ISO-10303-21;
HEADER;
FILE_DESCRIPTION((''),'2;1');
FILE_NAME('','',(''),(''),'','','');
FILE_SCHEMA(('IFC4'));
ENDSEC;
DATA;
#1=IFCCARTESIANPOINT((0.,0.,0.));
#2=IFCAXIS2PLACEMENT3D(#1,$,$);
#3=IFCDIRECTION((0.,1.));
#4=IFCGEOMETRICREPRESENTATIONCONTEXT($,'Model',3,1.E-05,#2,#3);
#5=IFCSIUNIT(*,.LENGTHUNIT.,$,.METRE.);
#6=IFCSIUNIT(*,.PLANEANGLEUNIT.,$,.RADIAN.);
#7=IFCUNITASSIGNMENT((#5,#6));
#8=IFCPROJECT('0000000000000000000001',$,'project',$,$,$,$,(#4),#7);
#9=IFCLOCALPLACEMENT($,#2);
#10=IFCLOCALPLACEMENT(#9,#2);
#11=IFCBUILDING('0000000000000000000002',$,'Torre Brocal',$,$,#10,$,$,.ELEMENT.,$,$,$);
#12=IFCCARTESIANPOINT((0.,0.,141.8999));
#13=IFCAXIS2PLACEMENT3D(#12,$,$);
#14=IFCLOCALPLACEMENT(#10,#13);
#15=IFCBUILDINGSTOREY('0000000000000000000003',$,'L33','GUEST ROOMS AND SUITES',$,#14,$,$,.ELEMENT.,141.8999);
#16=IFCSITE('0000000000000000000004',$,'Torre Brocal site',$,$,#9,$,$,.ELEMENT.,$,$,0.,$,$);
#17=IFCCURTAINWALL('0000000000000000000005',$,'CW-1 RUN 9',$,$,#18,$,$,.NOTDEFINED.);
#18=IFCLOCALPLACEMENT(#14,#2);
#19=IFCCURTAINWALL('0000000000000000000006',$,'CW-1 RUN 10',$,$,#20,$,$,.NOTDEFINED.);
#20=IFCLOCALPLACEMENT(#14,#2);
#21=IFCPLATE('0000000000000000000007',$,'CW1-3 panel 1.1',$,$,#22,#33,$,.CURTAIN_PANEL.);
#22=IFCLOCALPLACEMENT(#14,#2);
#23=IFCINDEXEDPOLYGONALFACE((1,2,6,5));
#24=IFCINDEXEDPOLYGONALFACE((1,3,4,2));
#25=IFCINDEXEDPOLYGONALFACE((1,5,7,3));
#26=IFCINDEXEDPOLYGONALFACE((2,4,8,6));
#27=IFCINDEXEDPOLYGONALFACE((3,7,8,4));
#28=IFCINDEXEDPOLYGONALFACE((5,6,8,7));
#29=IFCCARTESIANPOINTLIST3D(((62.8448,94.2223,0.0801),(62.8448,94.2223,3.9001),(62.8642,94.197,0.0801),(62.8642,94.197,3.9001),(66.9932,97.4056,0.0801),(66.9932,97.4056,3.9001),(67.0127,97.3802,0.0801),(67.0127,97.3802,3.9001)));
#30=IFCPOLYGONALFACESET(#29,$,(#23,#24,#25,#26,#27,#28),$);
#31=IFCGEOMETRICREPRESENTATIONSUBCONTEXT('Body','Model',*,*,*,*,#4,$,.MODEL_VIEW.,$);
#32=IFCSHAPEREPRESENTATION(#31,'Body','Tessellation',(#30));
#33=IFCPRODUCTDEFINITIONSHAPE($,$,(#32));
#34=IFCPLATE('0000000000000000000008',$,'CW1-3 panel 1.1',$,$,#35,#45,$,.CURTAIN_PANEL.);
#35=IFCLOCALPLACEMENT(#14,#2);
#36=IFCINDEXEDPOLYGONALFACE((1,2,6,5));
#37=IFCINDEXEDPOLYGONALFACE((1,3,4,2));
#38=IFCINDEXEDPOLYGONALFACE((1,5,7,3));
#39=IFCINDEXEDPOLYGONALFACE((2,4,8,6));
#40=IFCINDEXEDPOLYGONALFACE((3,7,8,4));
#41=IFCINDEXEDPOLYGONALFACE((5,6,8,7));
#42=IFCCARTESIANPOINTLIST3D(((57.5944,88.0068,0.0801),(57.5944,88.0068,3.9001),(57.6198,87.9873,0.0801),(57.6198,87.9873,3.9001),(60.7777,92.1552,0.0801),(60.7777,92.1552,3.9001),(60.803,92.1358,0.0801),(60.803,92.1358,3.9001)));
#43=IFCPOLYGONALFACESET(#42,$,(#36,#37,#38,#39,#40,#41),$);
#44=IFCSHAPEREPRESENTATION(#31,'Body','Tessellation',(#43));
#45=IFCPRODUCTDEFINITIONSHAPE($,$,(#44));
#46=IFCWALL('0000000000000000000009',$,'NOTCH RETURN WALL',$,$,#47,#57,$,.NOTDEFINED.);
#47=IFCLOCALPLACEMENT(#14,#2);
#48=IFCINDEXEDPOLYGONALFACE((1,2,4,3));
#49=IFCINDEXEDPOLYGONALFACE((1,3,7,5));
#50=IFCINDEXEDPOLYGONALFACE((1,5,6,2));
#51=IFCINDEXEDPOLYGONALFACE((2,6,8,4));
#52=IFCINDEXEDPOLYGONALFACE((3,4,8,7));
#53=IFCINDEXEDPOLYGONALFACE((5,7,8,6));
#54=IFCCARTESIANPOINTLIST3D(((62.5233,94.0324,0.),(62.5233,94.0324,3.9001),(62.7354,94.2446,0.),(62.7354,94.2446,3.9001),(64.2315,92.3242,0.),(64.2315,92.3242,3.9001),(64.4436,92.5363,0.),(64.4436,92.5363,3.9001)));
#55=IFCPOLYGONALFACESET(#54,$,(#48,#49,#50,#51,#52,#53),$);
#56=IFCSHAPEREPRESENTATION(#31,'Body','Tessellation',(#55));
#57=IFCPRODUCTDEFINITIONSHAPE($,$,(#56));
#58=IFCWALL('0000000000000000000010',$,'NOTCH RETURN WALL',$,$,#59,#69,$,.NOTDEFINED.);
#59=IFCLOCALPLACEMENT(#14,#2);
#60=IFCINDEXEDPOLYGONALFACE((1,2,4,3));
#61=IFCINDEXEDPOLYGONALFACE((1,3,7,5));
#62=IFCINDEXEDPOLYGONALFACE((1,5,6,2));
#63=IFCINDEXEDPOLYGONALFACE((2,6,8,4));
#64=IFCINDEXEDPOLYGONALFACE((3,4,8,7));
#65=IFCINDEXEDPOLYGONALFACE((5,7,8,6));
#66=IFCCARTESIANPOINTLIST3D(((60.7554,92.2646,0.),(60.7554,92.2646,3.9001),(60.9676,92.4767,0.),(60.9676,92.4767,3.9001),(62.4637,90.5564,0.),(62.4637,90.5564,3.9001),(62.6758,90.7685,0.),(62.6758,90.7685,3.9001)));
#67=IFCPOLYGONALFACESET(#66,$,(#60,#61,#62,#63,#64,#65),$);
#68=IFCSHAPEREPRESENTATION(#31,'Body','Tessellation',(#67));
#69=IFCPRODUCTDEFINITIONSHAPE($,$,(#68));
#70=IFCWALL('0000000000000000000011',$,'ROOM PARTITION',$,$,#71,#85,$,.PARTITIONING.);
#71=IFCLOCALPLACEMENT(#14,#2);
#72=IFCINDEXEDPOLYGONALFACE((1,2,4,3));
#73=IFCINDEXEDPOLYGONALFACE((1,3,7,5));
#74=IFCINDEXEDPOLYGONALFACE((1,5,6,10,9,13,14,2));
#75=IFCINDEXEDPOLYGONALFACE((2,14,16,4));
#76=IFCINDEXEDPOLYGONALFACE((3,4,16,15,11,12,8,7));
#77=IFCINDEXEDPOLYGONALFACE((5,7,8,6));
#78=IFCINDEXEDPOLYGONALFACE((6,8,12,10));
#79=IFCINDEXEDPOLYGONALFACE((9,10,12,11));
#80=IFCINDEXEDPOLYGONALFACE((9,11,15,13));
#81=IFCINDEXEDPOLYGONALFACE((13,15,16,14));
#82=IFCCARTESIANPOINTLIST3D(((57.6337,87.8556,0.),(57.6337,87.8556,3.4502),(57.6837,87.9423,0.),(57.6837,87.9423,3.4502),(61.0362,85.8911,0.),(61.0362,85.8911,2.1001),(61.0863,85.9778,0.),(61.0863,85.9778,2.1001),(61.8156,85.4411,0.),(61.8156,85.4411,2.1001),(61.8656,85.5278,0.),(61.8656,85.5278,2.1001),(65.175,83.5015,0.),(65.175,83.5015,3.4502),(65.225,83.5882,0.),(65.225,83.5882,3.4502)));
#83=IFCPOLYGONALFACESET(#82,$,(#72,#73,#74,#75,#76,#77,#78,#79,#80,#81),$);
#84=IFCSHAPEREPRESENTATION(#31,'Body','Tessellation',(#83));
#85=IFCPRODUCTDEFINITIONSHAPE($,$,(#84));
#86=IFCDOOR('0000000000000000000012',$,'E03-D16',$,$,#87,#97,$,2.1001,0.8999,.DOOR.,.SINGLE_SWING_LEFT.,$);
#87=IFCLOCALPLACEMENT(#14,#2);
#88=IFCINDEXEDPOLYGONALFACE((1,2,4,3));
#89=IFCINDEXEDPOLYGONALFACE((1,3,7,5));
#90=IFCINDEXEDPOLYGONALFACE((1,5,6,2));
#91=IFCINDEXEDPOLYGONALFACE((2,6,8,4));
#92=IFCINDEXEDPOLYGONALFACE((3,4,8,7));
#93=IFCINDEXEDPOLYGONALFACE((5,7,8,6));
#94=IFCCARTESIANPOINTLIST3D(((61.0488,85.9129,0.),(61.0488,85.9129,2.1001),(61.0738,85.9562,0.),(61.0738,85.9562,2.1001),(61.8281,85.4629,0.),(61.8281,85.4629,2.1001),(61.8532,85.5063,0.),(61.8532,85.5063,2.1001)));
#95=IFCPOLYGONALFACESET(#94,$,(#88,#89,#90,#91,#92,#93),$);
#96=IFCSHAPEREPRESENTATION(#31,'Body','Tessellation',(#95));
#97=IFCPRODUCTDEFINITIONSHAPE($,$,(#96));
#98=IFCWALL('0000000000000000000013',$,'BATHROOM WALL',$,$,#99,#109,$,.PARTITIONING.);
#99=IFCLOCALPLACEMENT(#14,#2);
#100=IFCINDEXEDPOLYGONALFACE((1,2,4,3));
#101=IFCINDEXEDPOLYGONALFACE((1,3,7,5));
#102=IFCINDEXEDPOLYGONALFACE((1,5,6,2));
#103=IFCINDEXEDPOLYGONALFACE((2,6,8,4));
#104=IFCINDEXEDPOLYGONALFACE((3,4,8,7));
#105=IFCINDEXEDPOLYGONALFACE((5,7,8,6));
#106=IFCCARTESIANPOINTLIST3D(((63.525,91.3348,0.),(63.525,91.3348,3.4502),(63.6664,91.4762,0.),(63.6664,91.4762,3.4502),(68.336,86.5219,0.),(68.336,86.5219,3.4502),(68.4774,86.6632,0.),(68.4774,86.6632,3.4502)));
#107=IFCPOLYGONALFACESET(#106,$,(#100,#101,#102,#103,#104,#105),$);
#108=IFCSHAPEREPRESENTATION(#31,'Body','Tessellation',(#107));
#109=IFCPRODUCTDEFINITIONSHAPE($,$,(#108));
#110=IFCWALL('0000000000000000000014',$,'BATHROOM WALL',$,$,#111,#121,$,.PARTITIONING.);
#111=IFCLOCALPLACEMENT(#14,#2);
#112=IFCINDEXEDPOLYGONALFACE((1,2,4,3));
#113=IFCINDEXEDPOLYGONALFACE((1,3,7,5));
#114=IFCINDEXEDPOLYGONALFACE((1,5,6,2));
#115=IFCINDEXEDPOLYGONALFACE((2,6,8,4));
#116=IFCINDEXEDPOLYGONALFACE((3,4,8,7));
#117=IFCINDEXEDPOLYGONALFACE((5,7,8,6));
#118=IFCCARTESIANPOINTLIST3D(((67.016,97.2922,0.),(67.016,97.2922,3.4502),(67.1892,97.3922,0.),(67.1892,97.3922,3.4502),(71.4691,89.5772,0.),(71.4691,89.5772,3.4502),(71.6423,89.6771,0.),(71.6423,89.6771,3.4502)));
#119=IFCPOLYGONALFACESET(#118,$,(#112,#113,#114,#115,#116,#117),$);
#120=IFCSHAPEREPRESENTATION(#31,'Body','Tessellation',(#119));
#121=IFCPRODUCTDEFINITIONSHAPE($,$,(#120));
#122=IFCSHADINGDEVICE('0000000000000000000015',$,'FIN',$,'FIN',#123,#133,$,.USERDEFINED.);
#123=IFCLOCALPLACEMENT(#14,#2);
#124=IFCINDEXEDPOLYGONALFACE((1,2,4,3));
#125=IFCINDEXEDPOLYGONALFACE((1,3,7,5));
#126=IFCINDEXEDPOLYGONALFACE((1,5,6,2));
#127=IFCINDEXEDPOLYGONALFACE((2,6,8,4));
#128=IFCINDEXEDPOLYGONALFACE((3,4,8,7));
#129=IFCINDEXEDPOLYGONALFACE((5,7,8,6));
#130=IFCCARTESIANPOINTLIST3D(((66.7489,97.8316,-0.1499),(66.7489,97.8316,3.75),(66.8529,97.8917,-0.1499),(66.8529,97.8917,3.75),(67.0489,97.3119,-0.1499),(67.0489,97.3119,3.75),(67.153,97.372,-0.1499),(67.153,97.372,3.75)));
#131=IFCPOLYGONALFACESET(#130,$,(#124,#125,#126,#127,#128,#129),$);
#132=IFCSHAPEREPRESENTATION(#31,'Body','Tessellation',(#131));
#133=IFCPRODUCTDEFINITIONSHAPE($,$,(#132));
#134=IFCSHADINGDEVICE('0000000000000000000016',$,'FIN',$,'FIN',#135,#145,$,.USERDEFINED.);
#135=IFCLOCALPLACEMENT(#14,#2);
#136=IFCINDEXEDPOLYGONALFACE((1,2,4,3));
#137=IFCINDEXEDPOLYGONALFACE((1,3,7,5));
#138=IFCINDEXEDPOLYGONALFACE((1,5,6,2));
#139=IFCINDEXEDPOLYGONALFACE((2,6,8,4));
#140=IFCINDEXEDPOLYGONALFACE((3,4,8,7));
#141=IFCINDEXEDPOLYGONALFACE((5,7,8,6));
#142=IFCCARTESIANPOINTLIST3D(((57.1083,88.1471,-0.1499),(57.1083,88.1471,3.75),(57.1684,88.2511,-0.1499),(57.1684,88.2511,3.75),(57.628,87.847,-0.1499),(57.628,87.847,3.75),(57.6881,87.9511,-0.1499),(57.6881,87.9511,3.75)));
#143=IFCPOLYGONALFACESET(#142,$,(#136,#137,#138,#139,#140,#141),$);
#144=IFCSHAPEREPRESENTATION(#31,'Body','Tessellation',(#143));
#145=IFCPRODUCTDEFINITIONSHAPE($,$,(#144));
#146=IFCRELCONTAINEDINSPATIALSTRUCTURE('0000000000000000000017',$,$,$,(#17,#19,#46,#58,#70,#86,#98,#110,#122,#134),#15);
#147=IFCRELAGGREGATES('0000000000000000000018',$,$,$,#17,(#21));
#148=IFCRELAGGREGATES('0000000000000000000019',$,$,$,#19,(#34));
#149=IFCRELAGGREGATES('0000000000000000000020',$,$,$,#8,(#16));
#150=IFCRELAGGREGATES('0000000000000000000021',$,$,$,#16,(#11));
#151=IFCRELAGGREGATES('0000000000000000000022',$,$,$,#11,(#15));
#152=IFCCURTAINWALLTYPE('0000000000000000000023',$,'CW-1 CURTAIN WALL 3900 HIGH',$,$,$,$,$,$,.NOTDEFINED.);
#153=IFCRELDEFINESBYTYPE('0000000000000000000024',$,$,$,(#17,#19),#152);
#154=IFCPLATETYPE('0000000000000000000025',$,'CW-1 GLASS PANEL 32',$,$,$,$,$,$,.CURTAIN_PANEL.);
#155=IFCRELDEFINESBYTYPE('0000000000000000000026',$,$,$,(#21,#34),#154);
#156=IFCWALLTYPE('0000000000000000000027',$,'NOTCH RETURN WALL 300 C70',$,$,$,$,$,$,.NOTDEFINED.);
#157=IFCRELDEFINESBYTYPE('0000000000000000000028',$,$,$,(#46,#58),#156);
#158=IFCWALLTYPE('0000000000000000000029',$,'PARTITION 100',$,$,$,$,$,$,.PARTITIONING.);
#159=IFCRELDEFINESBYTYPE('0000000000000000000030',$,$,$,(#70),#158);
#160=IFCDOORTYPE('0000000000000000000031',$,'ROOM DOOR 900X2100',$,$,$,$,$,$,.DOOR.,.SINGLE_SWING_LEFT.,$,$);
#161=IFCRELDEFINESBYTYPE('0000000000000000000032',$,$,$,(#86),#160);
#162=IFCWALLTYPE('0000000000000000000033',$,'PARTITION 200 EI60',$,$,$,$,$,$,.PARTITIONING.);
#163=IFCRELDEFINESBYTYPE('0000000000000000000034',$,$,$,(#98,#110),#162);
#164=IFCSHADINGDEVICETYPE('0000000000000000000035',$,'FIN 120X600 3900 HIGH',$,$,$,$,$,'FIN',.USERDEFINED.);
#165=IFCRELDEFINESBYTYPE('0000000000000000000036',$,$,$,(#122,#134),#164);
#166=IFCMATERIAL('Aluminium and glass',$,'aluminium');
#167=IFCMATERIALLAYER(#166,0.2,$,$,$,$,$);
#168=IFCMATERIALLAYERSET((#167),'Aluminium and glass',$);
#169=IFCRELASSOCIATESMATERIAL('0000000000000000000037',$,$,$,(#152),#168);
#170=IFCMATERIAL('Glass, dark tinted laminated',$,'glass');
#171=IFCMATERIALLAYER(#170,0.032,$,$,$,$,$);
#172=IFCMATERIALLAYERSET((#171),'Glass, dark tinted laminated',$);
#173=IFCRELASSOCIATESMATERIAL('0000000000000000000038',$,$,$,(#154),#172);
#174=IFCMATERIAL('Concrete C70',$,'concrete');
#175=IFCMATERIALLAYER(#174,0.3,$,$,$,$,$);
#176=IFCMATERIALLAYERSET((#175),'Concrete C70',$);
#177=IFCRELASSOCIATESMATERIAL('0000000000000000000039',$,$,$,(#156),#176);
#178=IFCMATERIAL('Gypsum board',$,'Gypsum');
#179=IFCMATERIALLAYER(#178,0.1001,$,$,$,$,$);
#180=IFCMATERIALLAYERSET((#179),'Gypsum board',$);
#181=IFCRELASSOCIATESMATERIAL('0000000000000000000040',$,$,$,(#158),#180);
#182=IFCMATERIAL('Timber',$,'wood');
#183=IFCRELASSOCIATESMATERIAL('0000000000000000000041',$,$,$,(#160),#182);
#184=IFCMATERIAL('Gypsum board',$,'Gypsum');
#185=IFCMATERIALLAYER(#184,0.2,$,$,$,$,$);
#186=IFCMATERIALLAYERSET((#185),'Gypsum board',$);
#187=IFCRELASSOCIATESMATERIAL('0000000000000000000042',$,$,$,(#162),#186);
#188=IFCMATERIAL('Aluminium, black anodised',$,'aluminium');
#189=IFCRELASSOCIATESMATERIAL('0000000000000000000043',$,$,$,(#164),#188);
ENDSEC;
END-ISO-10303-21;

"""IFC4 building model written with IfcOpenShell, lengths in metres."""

from ifc_helpers import new_model, si_unit, direction, frame, frame_2d, origin, origin_2d, place, context, subcontext, project, spatial, rectangle, extrude, material, layer, layer_set, material_profile, profile_set, type_object, element, fill, aggregate, save


model = new_model("IFC4")

# Units and contexts
model_context = context("Model", 3, precision=1e-05, world=origin(), true_north=direction((0.0, 1.0)))
body_context = subcontext(model_context, "Body", "Model", "MODEL_VIEW")
ifc_project = project(units=[si_unit("LENGTHUNIT", "METRE"), si_unit("PLANEANGLEUNIT", "RADIAN")], contexts=[model_context])

# Site, building, storey
site_placement = place(None, origin())
site = spatial("IfcSite", under=ifc_project, at=site_placement, Name="Torre Brocal site", CompositionType="ELEMENT", RefElevation=0.0)
building_placement = place(site_placement, origin())
building = spatial("IfcBuilding", under=site, at=building_placement, Name="Torre Brocal", CompositionType="ELEMENT")
storey_placement = place(building_placement, frame((0.0, 0.0, 141.8999)))
storey = spatial("IfcBuildingStorey", under=building, at=storey_placement, Name="L33", Description="GUEST ROOMS AND SUITES", CompositionType="ELEMENT", Elevation=141.8999)

# Shared definitions
ifc_material_1 = material(Name="Aluminium and glass", Category="aluminium")
ifc_layer_1 = layer(ifc_material_1, 0.2)
ifc_layer_set_1 = layer_set([ifc_layer_1], Name="Aluminium and glass")
curtain_wall_type = type_object("IfcCurtainWallType", Name="CW-1 CURTAIN WALL 3900 HIGH", PredefinedType="NOTDEFINED", material=ifc_layer_set_1)

# Curtain walls
curtain_wall_1_placement = place(storey_placement, origin())
curtain_wall_1 = element("IfcCurtainWall", 1, at=curtain_wall_1_placement, inside=storey, type_object=curtain_wall_type, Name="CW-1 RUN 9", PredefinedType="NOTDEFINED")
curtain_wall_2_placement = place(storey_placement, origin())
curtain_wall_2 = element("IfcCurtainWall", 2, at=curtain_wall_2_placement, inside=storey, type_object=curtain_wall_type, Name="CW-1 RUN 10", PredefinedType="NOTDEFINED")

# Plates
ifc_material_2 = material(Name="Glass, dark tinted laminated", Category="glass")
ifc_layer_2 = layer(ifc_material_2, 0.032)
ifc_layer_set_2 = layer_set([ifc_layer_2], Name="Glass, dark tinted laminated")
plate_type = type_object("IfcPlateType", Name="CW-1 GLASS PANEL 32", PredefinedType="CURTAIN_PANEL", material=ifc_layer_set_2)
plate_1_placement = place(storey_placement, frame((64.9287, 95.8013, 0.0801), z_axis=(0.0, 0.0, 1.0), x_axis=(-0.793353, -0.608761, 0.0)))
plate_1 = element("IfcPlate", 3, at=plate_1_placement, type_object=plate_type, Name="CW1-3 panel 1.1", PredefinedType="CURTAIN_PANEL", context=body_context, shape_type="SweptSolid", body=[
    extrude(rectangle(XDim=5.229, YDim=0.032, at=origin_2d()), origin(), (0.0, 0.0, 1.0), 3.8201),
])
aggregate(curtain_wall_1, [plate_1])
plate_2_placement = place(storey_placement, frame((59.1987, 90.0713, 0.0801), z_axis=(0.0, 0.0, 1.0), x_axis=(-0.608761, -0.793353, 0.0)))
plate_2 = element("IfcPlate", 4, at=plate_2_placement, type_object=plate_type, Name="CW1-3 panel 1.1", PredefinedType="CURTAIN_PANEL", context=body_context, shape_type="SweptSolid", body=[
    extrude(rectangle(XDim=5.229, YDim=0.032, at=origin_2d()), origin(), (0.0, 0.0, 1.0), 3.8201),
])
aggregate(curtain_wall_2, [plate_2])

# Walls
ifc_material_3 = material(Name="Concrete C70", Category="concrete")
ifc_layer_3 = layer(ifc_material_3, 0.3)
ifc_layer_set_3 = layer_set([ifc_layer_3], Name="Concrete C70")
wall_type_1 = type_object("IfcWallType", Name="NOTCH RETURN WALL 300 C70", PredefinedType="NOTDEFINED", material=ifc_layer_set_3)
for number, where, z_axis, x_axis, name in (
    (5, (64.3376, 92.4302, 0.0), (0.0, 0.0, 1.0), (-0.707107, 0.707107, 0.0), "NOTCH RETURN WALL"),
    (6, (62.5698, 90.6624, 0.0), (0.0, 0.0, 1.0), (-0.707107, 0.707107, 0.0), "NOTCH RETURN WALL"),
):
    element("IfcWall", number, at=place(storey_placement, frame(where, z_axis=z_axis, x_axis=x_axis)), inside=storey, type_object=wall_type_1, Name=name, PredefinedType="NOTDEFINED", context=body_context, shape_type="SweptSolid", body=[
        extrude(rectangle(XDim=2.4158, YDim=0.3, at=frame_2d((1.208, 0.0))), origin(), (0.0, 0.0, 1.0), 3.9001),
    ])

# Wall, opening, door
ifc_material_4 = material(Name="Gypsum board", Category="Gypsum")
ifc_layer_4 = layer(ifc_material_4, 0.1001)
ifc_layer_set_4 = layer_set([ifc_layer_4], Name="Gypsum board")
wall_type_2 = type_object("IfcWallType", Name="PARTITION 100", PredefinedType="PARTITIONING", material=ifc_layer_set_4)
wall_1_placement = place(storey_placement, frame((57.6587, 87.8989, 0.0), z_axis=(0.0, 0.0, 1.0), x_axis=(0.866023, -0.500005, 0.0)))
wall_1 = element("IfcWall", 7, at=wall_1_placement, inside=storey, type_object=wall_type_2, Name="ROOM PARTITION", PredefinedType="PARTITIONING", context=body_context, shape_type="SweptSolid", body=[
    extrude(rectangle(XDim=8.708, YDim=0.1001, at=frame_2d((4.354, 0.0))), origin(), (0.0, 0.0, 1.0), 3.4502),
])
opening_placement = place(wall_1_placement, frame((3.929, 0.0, 0.0)))
opening = element("IfcOpeningElement", 8, at=opening_placement, cuts=wall_1, PredefinedType="OPENING", context=body_context, shape_type="SweptSolid", body=[
    extrude(rectangle(XDim=0.8999, YDim=2.1001, at=frame_2d((0.45, 1.05))), frame((0.0, 0.0601, 0.0), z_axis=(0.0, -1.0, 0.0), x_axis=(1.0, 0.0, 0.0)), (0.0, 0.0, 1.0), 0.1201),
])
ifc_material_5 = material(Name="Timber", Category="wood")
door_type = type_object("IfcDoorType", Name="ROOM DOOR 900X2100", OperationType="SINGLE_SWING_LEFT", PredefinedType="DOOR", material=ifc_material_5)
door_placement = place(opening_placement, frame((0.8999, 0.0, 0.0), z_axis=(0.0, 0.0, 1.0), x_axis=(-1.0, 0.0, 0.0)))
door = element("IfcDoor", 9, at=door_placement, inside=storey, type_object=door_type, Name="E03-D16", OperationType="SINGLE_SWING_LEFT", OverallHeight=2.1001, OverallWidth=0.8999, PredefinedType="DOOR", context=body_context, shape_type="SweptSolid", body=[
    extrude(rectangle(XDim=0.8999, YDim=2.1001, at=frame_2d((0.45, 1.05))), frame((0.0, 0.0249, 0.0), z_axis=(0.0, -1.0, 0.0), x_axis=(1.0, 0.0, 0.0)), (0.0, 0.0, 1.0), 0.05),
])
fill(opening, door)

# Walls
ifc_material_6 = material(Name="Gypsum board", Category="Gypsum")
ifc_layer_5 = layer(ifc_material_6, 0.2)
ifc_layer_set_5 = layer_set([ifc_layer_5], Name="Gypsum board")
wall_type_3 = type_object("IfcWallType", Name="PARTITION 200 EI60", PredefinedType="PARTITIONING", material=ifc_layer_set_5)
wall_2_placement = place(storey_placement, frame((63.5957, 91.4055, 0.0), z_axis=(0.0, 0.0, 1.0), x_axis=(0.706963, -0.70725, 0.0)))
element("IfcWall", 10, at=wall_2_placement, inside=storey, type_object=wall_type_3, Name="BATHROOM WALL", PredefinedType="PARTITIONING", context=body_context, shape_type="SweptSolid", body=[
    extrude(rectangle(XDim=6.8052, YDim=0.2, at=frame_2d((3.4026, 0.0))), origin(), (0.0, 0.0, 1.0), 3.4502),
])
wall_3_placement = place(storey_placement, frame((67.1025, 97.3423, 0.0), z_axis=(0.0, 0.0, 1.0), x_axis=(0.4999, -0.866083, 0.0)))
element("IfcWall", 11, at=wall_3_placement, inside=storey, type_object=wall_type_3, Name="BATHROOM WALL", PredefinedType="PARTITIONING", context=body_context, shape_type="SweptSolid", body=[
    extrude(rectangle(XDim=8.908, YDim=0.2, at=frame_2d((4.4541, 0.0))), origin(), (0.0, 0.0, 1.0), 3.4502),
])

# Shading devices
ifc_material_7 = material(Name="Aluminium, black anodised", Category="aluminium")
ifc_material_profile_1 = material_profile(ifc_material_7, rectangle(XDim=0.1201, YDim=0.6001, at=origin_2d()), Name="FIN 120X600 3900 HIGH")
ifc_profile_set_1 = profile_set([ifc_material_profile_1], Name="Aluminium, black anodised")
shading_device_type = type_object("IfcShadingDeviceType", Name="FIN 120X600 3900 HIGH", ElementType="FIN", PredefinedType="USERDEFINED", material=ifc_profile_set_1)
for number, where, z_axis, x_axis, name in (
    (12, (66.9509, 97.6018, -0.1499), (0.0, 0.0, 1.0), (-0.866025, -0.5, 0.0), "FIN"),
    (13, (57.3982, 88.0491, -0.1499), (0.0, 0.0, 1.0), (-0.5, -0.866025, 0.0), "FIN"),
):
    element("IfcShadingDevice", number, at=place(storey_placement, frame(where, z_axis=z_axis, x_axis=x_axis)), inside=storey, type_object=shading_device_type, Name=name, ObjectType="FIN", PredefinedType="USERDEFINED", context=body_context, shape_type="SweptSolid", body=[
        extrude(rectangle(XDim=0.1201, YDim=0.6001, at=origin_2d()), origin(), (0.0, 0.0, 1.0), 3.8999),
    ])

save(model, "model.ifc")
